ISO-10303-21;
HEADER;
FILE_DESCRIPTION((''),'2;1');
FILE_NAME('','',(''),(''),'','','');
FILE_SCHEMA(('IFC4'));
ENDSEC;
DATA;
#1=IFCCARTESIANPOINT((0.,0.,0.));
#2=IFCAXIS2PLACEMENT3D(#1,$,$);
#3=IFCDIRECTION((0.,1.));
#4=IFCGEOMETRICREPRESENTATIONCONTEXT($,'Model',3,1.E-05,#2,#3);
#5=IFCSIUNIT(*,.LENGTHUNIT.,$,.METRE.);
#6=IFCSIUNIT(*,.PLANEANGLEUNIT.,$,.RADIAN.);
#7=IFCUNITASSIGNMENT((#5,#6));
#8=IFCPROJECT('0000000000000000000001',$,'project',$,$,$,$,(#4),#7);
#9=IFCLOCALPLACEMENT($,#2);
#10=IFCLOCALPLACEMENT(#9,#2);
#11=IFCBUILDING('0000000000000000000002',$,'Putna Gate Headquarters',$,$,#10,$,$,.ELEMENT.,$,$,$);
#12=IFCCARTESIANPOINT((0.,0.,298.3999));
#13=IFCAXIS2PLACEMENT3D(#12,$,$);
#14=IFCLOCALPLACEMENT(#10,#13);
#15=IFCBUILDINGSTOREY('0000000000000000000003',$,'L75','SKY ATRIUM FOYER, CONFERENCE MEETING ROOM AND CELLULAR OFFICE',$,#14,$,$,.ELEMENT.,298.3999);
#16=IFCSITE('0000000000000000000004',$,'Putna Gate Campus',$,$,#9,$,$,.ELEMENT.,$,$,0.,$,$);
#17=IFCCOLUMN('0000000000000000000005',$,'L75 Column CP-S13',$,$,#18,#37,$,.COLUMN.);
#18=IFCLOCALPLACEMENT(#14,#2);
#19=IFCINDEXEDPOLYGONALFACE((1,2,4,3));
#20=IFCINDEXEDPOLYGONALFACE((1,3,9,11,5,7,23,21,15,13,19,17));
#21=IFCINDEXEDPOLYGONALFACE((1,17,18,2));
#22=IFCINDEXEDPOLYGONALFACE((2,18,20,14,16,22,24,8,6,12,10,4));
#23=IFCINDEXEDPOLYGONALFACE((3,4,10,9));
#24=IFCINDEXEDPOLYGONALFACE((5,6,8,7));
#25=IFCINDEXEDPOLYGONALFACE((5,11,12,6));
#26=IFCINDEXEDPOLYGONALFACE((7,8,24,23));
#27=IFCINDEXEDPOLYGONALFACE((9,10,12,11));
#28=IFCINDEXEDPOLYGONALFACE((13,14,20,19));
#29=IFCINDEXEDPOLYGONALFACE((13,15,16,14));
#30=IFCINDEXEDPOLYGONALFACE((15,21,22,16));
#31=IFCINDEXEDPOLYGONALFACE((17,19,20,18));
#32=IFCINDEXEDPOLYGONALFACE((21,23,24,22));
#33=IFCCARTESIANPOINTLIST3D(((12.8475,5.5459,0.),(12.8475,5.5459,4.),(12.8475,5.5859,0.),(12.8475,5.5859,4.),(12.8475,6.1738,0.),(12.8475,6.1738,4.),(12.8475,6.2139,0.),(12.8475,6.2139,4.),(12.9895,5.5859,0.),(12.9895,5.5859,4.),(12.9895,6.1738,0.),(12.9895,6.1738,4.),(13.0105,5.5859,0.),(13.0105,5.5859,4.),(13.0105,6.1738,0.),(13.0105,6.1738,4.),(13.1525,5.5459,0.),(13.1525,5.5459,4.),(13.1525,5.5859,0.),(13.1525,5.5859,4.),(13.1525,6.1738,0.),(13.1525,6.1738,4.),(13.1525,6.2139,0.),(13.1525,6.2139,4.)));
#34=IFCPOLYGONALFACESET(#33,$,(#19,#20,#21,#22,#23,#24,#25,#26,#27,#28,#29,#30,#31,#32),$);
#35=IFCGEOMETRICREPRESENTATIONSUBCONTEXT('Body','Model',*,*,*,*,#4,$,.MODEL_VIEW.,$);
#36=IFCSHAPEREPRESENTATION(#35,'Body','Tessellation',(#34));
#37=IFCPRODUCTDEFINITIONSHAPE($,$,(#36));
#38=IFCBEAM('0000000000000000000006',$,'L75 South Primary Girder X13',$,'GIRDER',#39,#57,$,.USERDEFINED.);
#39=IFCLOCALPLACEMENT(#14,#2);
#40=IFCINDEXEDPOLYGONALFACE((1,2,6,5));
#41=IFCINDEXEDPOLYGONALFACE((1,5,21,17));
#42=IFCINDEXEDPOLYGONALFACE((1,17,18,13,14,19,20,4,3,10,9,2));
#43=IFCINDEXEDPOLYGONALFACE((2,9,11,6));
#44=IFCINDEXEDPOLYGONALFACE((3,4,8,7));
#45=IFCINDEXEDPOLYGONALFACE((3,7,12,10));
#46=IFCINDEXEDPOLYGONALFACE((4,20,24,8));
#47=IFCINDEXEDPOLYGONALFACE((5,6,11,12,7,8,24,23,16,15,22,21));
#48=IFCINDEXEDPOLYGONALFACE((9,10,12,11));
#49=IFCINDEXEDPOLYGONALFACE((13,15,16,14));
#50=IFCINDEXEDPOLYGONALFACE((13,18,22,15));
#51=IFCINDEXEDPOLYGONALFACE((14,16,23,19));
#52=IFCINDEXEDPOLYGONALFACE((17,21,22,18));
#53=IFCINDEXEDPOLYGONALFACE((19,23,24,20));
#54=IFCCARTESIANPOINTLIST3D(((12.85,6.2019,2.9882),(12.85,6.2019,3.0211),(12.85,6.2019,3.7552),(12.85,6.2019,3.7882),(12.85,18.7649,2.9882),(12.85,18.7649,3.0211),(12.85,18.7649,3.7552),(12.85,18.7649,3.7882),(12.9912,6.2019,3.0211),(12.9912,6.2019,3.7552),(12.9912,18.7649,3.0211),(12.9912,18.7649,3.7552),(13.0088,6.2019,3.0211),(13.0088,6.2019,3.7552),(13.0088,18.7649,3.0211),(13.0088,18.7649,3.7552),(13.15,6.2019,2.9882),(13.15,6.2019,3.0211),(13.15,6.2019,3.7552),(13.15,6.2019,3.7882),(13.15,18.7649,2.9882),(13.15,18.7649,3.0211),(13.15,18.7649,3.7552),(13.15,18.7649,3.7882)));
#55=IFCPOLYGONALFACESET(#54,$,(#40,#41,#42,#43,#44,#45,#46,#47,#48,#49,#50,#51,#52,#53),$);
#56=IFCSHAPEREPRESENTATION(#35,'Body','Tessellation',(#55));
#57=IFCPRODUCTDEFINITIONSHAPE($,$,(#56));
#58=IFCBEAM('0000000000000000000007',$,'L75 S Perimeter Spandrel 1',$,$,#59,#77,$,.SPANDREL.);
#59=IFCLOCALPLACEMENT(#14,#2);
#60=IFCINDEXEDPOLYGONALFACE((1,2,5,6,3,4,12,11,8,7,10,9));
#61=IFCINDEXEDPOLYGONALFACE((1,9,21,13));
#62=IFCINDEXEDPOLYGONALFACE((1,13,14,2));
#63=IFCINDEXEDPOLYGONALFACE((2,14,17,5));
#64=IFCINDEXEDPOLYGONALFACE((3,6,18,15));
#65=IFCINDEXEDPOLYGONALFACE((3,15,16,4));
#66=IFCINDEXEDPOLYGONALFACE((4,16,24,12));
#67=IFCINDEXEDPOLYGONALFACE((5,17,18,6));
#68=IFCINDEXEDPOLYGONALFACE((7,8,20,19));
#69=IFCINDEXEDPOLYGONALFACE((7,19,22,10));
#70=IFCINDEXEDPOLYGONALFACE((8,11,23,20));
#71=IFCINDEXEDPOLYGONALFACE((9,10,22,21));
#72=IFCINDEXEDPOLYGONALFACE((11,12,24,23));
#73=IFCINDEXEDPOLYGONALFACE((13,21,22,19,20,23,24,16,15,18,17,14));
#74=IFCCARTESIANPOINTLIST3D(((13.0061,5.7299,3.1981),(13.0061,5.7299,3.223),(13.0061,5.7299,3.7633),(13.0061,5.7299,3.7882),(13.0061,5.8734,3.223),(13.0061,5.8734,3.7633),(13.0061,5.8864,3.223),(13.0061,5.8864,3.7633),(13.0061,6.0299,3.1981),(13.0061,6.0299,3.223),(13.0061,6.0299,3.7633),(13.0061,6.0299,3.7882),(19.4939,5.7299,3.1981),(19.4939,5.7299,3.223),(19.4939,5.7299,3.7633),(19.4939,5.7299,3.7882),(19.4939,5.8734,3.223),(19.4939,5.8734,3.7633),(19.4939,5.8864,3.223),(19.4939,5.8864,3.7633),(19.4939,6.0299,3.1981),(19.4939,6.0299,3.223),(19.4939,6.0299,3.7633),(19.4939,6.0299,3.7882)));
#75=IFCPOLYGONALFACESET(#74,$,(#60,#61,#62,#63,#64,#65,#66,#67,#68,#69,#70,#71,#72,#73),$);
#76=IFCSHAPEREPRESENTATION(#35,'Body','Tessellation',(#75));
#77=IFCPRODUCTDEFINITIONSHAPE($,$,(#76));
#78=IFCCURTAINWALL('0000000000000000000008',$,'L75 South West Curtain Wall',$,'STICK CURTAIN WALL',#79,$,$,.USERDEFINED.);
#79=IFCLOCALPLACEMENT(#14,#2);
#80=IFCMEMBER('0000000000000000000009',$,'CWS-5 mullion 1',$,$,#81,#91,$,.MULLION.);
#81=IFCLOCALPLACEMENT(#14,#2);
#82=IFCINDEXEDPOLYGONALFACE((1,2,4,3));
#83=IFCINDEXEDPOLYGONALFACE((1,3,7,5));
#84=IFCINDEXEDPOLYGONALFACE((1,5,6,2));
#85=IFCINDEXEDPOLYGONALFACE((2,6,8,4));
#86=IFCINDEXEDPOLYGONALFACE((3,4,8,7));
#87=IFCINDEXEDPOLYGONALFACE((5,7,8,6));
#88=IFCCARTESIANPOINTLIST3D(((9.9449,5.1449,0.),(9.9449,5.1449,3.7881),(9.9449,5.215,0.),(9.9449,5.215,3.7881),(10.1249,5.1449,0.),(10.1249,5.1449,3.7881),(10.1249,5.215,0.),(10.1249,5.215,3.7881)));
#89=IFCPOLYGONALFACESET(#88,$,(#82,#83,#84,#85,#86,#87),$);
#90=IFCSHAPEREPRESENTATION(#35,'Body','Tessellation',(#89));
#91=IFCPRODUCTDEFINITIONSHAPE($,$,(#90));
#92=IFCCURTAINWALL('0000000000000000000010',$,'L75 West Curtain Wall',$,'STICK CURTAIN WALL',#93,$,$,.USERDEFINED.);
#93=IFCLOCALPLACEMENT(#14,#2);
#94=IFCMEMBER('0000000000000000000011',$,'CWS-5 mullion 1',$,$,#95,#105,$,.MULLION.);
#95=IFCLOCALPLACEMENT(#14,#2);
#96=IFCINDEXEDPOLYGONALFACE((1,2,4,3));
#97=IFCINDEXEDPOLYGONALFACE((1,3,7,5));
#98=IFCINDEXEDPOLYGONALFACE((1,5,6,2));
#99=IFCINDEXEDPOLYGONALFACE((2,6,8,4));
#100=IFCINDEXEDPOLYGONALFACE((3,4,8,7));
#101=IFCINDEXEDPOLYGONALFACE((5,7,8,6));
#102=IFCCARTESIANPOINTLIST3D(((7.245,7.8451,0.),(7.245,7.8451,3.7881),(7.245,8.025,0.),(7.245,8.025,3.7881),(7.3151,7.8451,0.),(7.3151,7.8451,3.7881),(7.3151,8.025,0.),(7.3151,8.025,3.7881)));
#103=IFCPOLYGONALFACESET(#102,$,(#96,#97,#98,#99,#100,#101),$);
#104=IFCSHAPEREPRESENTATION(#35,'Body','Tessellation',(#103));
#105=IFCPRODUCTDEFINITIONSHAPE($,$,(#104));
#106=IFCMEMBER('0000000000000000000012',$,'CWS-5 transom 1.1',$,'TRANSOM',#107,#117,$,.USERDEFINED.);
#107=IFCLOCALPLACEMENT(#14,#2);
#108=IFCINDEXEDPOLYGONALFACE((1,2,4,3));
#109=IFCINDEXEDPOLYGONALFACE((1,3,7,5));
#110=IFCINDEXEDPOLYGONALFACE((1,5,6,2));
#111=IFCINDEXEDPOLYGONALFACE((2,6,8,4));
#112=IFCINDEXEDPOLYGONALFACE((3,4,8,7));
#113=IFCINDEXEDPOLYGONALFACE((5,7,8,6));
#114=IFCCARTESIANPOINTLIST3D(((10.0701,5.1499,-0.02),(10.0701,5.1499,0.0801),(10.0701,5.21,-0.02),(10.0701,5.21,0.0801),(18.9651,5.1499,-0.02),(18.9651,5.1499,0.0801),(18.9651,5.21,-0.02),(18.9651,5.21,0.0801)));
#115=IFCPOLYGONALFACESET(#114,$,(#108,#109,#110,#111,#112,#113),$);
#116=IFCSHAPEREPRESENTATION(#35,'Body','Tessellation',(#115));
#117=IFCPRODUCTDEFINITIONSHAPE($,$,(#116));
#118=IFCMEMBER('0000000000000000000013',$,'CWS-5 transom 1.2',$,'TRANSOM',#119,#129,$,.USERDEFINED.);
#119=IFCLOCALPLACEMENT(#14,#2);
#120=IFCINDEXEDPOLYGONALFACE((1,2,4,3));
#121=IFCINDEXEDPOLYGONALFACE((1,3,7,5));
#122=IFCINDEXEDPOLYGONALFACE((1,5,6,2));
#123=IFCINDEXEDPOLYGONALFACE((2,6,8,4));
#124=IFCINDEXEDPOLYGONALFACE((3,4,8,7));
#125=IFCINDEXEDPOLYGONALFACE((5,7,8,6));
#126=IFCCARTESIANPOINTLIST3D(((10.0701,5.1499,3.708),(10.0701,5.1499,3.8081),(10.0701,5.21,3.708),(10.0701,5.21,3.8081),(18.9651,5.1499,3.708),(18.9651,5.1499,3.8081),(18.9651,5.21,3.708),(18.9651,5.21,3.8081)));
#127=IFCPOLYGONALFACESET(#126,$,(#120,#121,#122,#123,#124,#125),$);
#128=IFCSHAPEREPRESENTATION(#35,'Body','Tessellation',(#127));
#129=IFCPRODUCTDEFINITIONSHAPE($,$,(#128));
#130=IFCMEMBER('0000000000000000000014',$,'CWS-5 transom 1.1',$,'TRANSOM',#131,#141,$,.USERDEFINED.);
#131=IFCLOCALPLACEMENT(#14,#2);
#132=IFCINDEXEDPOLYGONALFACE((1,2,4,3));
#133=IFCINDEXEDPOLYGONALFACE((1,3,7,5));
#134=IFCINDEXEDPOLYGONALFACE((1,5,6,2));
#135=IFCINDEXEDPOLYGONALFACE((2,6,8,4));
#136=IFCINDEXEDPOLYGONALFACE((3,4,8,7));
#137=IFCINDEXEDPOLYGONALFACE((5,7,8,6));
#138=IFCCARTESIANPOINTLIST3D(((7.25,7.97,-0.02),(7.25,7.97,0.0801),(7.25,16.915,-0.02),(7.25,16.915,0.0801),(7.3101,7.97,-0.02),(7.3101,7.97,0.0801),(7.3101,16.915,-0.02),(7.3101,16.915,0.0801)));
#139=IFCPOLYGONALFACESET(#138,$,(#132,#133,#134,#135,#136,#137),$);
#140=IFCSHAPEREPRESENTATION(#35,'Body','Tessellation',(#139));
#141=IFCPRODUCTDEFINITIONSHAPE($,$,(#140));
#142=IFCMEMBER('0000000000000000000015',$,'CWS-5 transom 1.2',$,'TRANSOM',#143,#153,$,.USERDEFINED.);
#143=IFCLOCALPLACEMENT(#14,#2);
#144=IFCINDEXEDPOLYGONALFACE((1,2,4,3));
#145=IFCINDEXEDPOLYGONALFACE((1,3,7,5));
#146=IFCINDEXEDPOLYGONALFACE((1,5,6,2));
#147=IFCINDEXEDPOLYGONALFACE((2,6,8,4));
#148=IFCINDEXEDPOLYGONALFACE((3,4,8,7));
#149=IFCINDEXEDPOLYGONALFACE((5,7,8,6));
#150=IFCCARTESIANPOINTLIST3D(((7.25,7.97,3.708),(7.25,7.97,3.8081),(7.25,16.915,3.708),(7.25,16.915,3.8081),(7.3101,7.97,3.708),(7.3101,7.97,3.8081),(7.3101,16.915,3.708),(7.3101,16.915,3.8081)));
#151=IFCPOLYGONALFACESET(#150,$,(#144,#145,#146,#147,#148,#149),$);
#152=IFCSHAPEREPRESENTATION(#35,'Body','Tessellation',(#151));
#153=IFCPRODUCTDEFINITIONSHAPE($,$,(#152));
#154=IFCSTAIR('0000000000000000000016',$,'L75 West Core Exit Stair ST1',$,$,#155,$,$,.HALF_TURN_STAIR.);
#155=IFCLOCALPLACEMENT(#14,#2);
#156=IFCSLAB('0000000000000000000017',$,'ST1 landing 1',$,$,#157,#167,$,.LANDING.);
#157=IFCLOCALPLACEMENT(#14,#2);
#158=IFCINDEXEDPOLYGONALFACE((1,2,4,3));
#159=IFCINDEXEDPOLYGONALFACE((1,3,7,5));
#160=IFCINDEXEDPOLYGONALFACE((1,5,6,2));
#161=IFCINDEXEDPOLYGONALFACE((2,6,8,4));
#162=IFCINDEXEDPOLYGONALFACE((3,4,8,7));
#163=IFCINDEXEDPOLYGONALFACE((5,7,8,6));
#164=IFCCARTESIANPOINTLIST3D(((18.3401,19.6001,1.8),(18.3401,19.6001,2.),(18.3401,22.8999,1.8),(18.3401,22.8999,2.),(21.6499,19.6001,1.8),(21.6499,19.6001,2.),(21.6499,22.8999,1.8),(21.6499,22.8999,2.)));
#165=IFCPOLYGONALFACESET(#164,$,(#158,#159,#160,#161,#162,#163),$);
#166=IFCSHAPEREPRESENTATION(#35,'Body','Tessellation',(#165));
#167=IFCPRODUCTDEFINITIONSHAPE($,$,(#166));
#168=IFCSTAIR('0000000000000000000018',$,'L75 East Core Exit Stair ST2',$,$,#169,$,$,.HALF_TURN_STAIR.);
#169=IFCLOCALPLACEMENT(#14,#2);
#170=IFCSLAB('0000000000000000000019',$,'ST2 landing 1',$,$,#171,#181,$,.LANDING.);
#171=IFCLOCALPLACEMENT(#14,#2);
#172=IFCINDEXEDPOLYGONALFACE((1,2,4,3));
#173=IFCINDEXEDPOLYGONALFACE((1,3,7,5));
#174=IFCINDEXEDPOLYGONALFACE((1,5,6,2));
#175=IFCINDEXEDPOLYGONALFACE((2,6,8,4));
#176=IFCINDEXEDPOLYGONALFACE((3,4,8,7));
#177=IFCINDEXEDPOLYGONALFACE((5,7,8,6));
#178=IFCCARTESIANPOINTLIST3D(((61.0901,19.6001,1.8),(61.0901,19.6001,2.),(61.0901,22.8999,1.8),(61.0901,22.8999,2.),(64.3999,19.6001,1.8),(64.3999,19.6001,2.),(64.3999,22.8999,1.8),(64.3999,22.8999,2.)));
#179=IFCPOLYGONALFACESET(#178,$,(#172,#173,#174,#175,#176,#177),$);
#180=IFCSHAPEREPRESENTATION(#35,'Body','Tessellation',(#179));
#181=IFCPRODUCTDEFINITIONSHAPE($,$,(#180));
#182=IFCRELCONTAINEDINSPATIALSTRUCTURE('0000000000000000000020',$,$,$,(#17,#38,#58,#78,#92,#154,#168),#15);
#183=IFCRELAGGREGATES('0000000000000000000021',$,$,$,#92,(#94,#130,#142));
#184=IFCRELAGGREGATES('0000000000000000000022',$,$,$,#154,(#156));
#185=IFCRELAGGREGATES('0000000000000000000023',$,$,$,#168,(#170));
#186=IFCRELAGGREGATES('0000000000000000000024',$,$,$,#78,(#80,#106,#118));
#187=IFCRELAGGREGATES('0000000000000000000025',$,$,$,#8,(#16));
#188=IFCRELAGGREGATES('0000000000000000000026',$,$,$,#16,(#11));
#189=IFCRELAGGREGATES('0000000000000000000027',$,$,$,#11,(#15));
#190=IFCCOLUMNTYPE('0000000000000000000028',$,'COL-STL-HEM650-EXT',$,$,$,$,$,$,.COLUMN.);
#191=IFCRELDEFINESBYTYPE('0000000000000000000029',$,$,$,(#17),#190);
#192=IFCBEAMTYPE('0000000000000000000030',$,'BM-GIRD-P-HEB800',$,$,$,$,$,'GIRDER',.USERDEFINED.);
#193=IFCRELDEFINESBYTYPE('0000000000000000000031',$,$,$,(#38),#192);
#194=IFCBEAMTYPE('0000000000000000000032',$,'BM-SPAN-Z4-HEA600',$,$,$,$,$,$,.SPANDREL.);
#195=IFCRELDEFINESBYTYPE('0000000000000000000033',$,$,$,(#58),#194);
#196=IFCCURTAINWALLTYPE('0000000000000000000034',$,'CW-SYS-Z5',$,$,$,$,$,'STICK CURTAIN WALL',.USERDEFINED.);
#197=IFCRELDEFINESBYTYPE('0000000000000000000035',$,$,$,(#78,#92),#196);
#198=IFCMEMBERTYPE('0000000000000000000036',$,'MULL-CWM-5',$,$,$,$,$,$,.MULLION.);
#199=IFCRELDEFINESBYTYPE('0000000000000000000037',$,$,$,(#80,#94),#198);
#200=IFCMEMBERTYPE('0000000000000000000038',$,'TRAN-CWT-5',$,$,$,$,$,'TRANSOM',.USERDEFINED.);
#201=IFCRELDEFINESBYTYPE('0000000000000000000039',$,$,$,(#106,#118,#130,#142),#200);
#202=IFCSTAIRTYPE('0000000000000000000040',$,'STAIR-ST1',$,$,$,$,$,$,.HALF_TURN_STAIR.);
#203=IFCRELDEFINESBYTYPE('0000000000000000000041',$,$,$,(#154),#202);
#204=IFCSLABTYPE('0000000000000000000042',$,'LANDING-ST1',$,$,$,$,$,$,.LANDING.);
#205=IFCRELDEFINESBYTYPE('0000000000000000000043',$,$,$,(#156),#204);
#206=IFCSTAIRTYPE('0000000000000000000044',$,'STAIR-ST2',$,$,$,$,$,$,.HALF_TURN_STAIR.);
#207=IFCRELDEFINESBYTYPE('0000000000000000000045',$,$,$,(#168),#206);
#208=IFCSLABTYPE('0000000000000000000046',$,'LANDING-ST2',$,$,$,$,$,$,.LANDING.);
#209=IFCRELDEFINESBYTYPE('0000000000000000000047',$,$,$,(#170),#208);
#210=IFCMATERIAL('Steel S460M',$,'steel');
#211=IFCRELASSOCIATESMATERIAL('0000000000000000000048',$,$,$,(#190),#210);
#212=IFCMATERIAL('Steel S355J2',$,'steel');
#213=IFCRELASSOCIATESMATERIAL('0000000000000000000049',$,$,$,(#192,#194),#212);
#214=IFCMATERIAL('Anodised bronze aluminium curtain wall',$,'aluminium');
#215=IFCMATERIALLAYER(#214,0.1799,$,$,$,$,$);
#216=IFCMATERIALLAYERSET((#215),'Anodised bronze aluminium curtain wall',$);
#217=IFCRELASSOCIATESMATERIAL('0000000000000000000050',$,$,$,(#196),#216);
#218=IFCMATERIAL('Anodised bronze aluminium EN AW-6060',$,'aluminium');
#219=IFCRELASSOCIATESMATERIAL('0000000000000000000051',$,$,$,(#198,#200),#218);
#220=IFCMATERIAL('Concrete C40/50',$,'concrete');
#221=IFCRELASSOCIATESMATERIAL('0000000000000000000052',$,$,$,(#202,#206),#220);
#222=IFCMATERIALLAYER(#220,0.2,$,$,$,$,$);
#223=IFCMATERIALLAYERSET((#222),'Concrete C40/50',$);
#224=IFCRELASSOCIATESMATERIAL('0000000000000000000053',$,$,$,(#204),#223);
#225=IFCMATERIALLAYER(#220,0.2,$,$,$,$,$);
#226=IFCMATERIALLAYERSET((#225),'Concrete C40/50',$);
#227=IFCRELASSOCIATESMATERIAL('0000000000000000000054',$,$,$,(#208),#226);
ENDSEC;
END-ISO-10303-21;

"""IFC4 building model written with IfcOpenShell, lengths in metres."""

from ifc_helpers import new_model, si_unit, direction, frame, origin, origin_2d, place, context, subcontext, project, spatial, polyline, rectangle, i_section, outline, extrude, material, layer, layer_set, material_profile, profile_set, type_object, element, aggregate, save


model = new_model("IFC4")

# Units and contexts
model_context = context("Model", 3, precision=1e-05, world=origin(), true_north=direction((0.0, 1.0)))
body_context = subcontext(model_context, "Body", "Model", "MODEL_VIEW")
ifc_project = project(units=[si_unit("LENGTHUNIT", "METRE"), si_unit("PLANEANGLEUNIT", "RADIAN")], contexts=[model_context])

# Site, building, storey
site_placement = place(None, origin())
site = spatial("IfcSite", under=ifc_project, at=site_placement, Name="Putna Gate Campus", CompositionType="ELEMENT", RefElevation=0.0)
building_placement = place(site_placement, origin())
building = spatial("IfcBuilding", under=site, at=building_placement, Name="Putna Gate Headquarters", CompositionType="ELEMENT")
storey_placement = place(building_placement, frame((0.0, 0.0, 298.3999)))
storey = spatial("IfcBuildingStorey", under=building, at=storey_placement, Name="L75", Description="SKY ATRIUM FOYER, CONFERENCE MEETING ROOM AND CELLULAR OFFICE", CompositionType="ELEMENT", Elevation=298.3999)

# Column
ifc_material_1 = material(Name="Steel S460M", Category="steel")
ifc_material_profile_1 = material_profile(ifc_material_1, i_section(OverallWidth=0.3049, OverallDepth=0.668, WebThickness=0.021, FlangeThickness=0.04, at=origin_2d()), Name="Steel S460M")
ifc_profile_set_1 = profile_set([ifc_material_profile_1], Name="Steel S460M")
column_type = type_object("IfcColumnType", Name="COL-STL-HEM650-EXT", PredefinedType="COLUMN", material=ifc_profile_set_1)
column_placement = place(storey_placement, frame((13.0, 5.8799, 0.0), z_axis=(0.0, 0.0, 1.0), x_axis=(1.0, 0.0, 0.0)))
element("IfcColumn", 1, at=column_placement, inside=storey, type_object=column_type, Name="L75 Column CP-S13", PredefinedType="COLUMN", context=body_context, shape_type="SweptSolid", body=[
    extrude(i_section(OverallWidth=0.3049, OverallDepth=0.668, WebThickness=0.021, FlangeThickness=0.04, at=origin_2d()), origin(), (0.0, 0.0, 1.0), 4.0),
])

# Beams
ifc_material_2 = material(Name="Steel S355J2", Category="steel")
ifc_material_profile_2 = material_profile(ifc_material_2, i_section(OverallWidth=0.3, OverallDepth=0.8, WebThickness=0.0176, FlangeThickness=0.033, at=origin_2d()), Name="Steel S355J2")
ifc_profile_set_2 = profile_set([ifc_material_profile_2], Name="Steel S355J2")
beam_type_1 = type_object("IfcBeamType", Name="BM-GIRD-P-HEB800", ElementType="GIRDER", PredefinedType="USERDEFINED", material=ifc_profile_set_2)
beam_1_placement = place(storey_placement, frame((13.0, 6.2019, 3.3882), z_axis=(0.0, 1.0, 0.0), x_axis=(-1.0, 0.0, 0.0)))
element("IfcBeam", 2, at=beam_1_placement, inside=storey, type_object=beam_type_1, Name="L75 South Primary Girder X13", ObjectType="GIRDER", PredefinedType="USERDEFINED", context=body_context, shape_type="SweptSolid", body=[
    extrude(i_section(OverallWidth=0.3, OverallDepth=0.8, WebThickness=0.0176, FlangeThickness=0.033, at=origin_2d()), origin(), (0.0, 0.0, 1.0), 12.563),
])
ifc_material_profile_3 = material_profile(ifc_material_2, i_section(OverallWidth=0.3, OverallDepth=0.5901, WebThickness=0.0129, FlangeThickness=0.0249, at=origin_2d()), Name="Steel S355J2")
ifc_profile_set_3 = profile_set([ifc_material_profile_3], Name="Steel S355J2")
beam_type_2 = type_object("IfcBeamType", Name="BM-SPAN-Z4-HEA600", PredefinedType="SPANDREL", material=ifc_profile_set_3)
beam_2_placement = place(storey_placement, frame((13.0061, 5.8799, 3.4932), z_axis=(1.0, 0.0, 0.0), x_axis=(0.0, 1.0, 0.0)))
element("IfcBeam", 3, at=beam_2_placement, inside=storey, type_object=beam_type_2, Name="L75 S Perimeter Spandrel 1", PredefinedType="SPANDREL", context=body_context, shape_type="SweptSolid", body=[
    extrude(i_section(OverallWidth=0.3, OverallDepth=0.5901, WebThickness=0.0129, FlangeThickness=0.0249, at=origin_2d()), origin(), (0.0, 0.0, 1.0), 6.4878),
])

# Curtain walls, members
ifc_material_3 = material(Name="Anodised bronze aluminium curtain wall", Category="aluminium")
ifc_layer_1 = layer(ifc_material_3, 0.1799)
ifc_layer_set_1 = layer_set([ifc_layer_1], Name="Anodised bronze aluminium curtain wall")
curtain_wall_type = type_object("IfcCurtainWallType", Name="CW-SYS-Z5", ElementType="STICK CURTAIN WALL", PredefinedType="USERDEFINED", material=ifc_layer_set_1)
curtain_wall_1_placement = place(storey_placement, origin())
curtain_wall_1 = element("IfcCurtainWall", 4, at=curtain_wall_1_placement, inside=storey, type_object=curtain_wall_type, Name="L75 South West Curtain Wall", ObjectType="STICK CURTAIN WALL", PredefinedType="USERDEFINED")
ifc_material_4 = material(Name="Anodised bronze aluminium EN AW-6060", Category="aluminium")
ifc_material_profile_4 = material_profile(ifc_material_4, rectangle(XDim=0.0701, YDim=0.1799, at=origin_2d()), Name="Anodised bronze aluminium EN AW-6060")
ifc_profile_set_4 = profile_set([ifc_material_profile_4], Name="Anodised bronze aluminium EN AW-6060")
member_type_1 = type_object("IfcMemberType", Name="MULL-CWM-5", PredefinedType="MULLION", material=ifc_profile_set_4)
member_1_placement = place(storey_placement, frame((10.0349, 5.1799, 0.0), z_axis=(0.0, 0.0, 1.0), x_axis=(0.0, 1.0, 0.0)))
member_1 = element("IfcMember", 5, at=member_1_placement, type_object=member_type_1, Name="CWS-5 mullion 1", PredefinedType="MULLION", context=body_context, shape_type="SweptSolid", body=[
    extrude(rectangle(XDim=0.0701, YDim=0.1799, at=origin_2d()), origin(), (0.0, 0.0, 1.0), 3.7881),
])
curtain_wall_2_placement = place(storey_placement, origin())
curtain_wall_2 = element("IfcCurtainWall", 6, at=curtain_wall_2_placement, inside=storey, type_object=curtain_wall_type, Name="L75 West Curtain Wall", ObjectType="STICK CURTAIN WALL", PredefinedType="USERDEFINED")
member_2_placement = place(storey_placement, frame((7.28, 7.9351, 0.0), z_axis=(0.0, 0.0, 1.0), x_axis=(-1.0, 0.0, 0.0)))
member_2 = element("IfcMember", 7, at=member_2_placement, type_object=member_type_1, Name="CWS-5 mullion 1", PredefinedType="MULLION", context=body_context, shape_type="SweptSolid", body=[
    extrude(rectangle(XDim=0.0701, YDim=0.1799, at=origin_2d()), origin(), (0.0, 0.0, 1.0), 3.7881),
])

# Members
ifc_material_profile_5 = material_profile(ifc_material_4, rectangle(XDim=0.0601, YDim=0.1001, at=origin_2d()), Name="Anodised bronze aluminium EN AW-6060")
ifc_profile_set_5 = profile_set([ifc_material_profile_5], Name="Anodised bronze aluminium EN AW-6060")
member_type_2 = type_object("IfcMemberType", Name="TRAN-CWT-5", ElementType="TRANSOM", PredefinedType="USERDEFINED", material=ifc_profile_set_5)
member_3_placement = place(storey_placement, frame((10.0701, 5.1799, 0.03), z_axis=(1.0, 0.0, 0.0), x_axis=(0.0, 1.0, 0.0)))
member_3 = element("IfcMember", 8, at=member_3_placement, type_object=member_type_2, Name="CWS-5 transom 1.1", ObjectType="TRANSOM", PredefinedType="USERDEFINED", context=body_context, shape_type="SweptSolid", body=[
    extrude(rectangle(XDim=0.0601, YDim=0.1001, at=origin_2d()), origin(), (0.0, 0.0, 1.0), 8.895),
])
member_4_placement = place(storey_placement, frame((10.0701, 5.1799, 3.7581), z_axis=(1.0, 0.0, 0.0), x_axis=(0.0, 1.0, 0.0)))
member_4 = element("IfcMember", 9, at=member_4_placement, type_object=member_type_2, Name="CWS-5 transom 1.2", ObjectType="TRANSOM", PredefinedType="USERDEFINED", context=body_context, shape_type="SweptSolid", body=[
    extrude(rectangle(XDim=0.0601, YDim=0.1001, at=origin_2d()), origin(), (0.0, 0.0, 1.0), 8.895),
])
member_5_placement = place(storey_placement, frame((7.28, 7.97, 0.03), z_axis=(0.0, 1.0, 0.0), x_axis=(-1.0, 0.0, 0.0)))
member_5 = element("IfcMember", 10, at=member_5_placement, type_object=member_type_2, Name="CWS-5 transom 1.1", ObjectType="TRANSOM", PredefinedType="USERDEFINED", context=body_context, shape_type="SweptSolid", body=[
    extrude(rectangle(XDim=0.0601, YDim=0.1001, at=origin_2d()), origin(), (0.0, 0.0, 1.0), 8.9451),
])
member_6_placement = place(storey_placement, frame((7.28, 7.97, 3.7581), z_axis=(0.0, 1.0, 0.0), x_axis=(-1.0, 0.0, 0.0)))
member_6 = element("IfcMember", 11, at=member_6_placement, type_object=member_type_2, Name="CWS-5 transom 1.2", ObjectType="TRANSOM", PredefinedType="USERDEFINED", context=body_context, shape_type="SweptSolid", body=[
    extrude(rectangle(XDim=0.0601, YDim=0.1001, at=origin_2d()), origin(), (0.0, 0.0, 1.0), 8.9451),
])
aggregate(curtain_wall_2, [member_2, member_5, member_6])

# Stairs, slabs
ifc_material_5 = material(Name="Concrete C40/50", Category="concrete")
stair_type_1 = type_object("IfcStairType", Name="STAIR-ST1", PredefinedType="HALF_TURN_STAIR", material=ifc_material_5)
stair_1_placement = place(storey_placement, origin())
stair_1 = element("IfcStair", 12, at=stair_1_placement, inside=storey, type_object=stair_type_1, Name="L75 West Core Exit Stair ST1", PredefinedType="HALF_TURN_STAIR")
ifc_layer_2 = layer(ifc_material_5, 0.2)
ifc_layer_set_2 = layer_set([ifc_layer_2], Name="Concrete C40/50")
slab_type_1 = type_object("IfcSlabType", Name="LANDING-ST1", PredefinedType="LANDING", material=ifc_layer_set_2)
slab_1_placement = place(storey_placement, frame((0.0, 0.0, 1.8)))
slab_1 = element("IfcSlab", 13, at=slab_1_placement, type_object=slab_type_1, Name="ST1 landing 1", PredefinedType="LANDING", context=body_context, shape_type="SweptSolid", body=[
    extrude(outline(polyline([(18.3401, 19.6001), (21.6499, 19.6001), (21.6499, 22.8999), (18.3401, 22.8999), (18.3401, 19.6001)])), origin(), (0.0, 0.0, 1.0), 0.2),
])
aggregate(stair_1, [slab_1])
stair_type_2 = type_object("IfcStairType", Name="STAIR-ST2", PredefinedType="HALF_TURN_STAIR", material=ifc_material_5)
stair_2_placement = place(storey_placement, origin())
stair_2 = element("IfcStair", 14, at=stair_2_placement, inside=storey, type_object=stair_type_2, Name="L75 East Core Exit Stair ST2", PredefinedType="HALF_TURN_STAIR")
ifc_layer_3 = layer(ifc_material_5, 0.2)
ifc_layer_set_3 = layer_set([ifc_layer_3], Name="Concrete C40/50")
slab_type_2 = type_object("IfcSlabType", Name="LANDING-ST2", PredefinedType="LANDING", material=ifc_layer_set_3)
slab_2_placement = place(storey_placement, frame((0.0, 0.0, 1.8)))
slab_2 = element("IfcSlab", 15, at=slab_2_placement, type_object=slab_type_2, Name="ST2 landing 1", PredefinedType="LANDING", context=body_context, shape_type="SweptSolid", body=[
    extrude(outline(polyline([(61.0901, 19.6001), (64.3999, 19.6001), (64.3999, 22.8999), (61.0901, 22.8999), (61.0901, 19.6001)])), origin(), (0.0, 0.0, 1.0), 0.2),
])
aggregate(stair_2, [slab_2])

aggregate(curtain_wall_1, [member_1, member_3, member_4])

save(model, "model.ifc")
